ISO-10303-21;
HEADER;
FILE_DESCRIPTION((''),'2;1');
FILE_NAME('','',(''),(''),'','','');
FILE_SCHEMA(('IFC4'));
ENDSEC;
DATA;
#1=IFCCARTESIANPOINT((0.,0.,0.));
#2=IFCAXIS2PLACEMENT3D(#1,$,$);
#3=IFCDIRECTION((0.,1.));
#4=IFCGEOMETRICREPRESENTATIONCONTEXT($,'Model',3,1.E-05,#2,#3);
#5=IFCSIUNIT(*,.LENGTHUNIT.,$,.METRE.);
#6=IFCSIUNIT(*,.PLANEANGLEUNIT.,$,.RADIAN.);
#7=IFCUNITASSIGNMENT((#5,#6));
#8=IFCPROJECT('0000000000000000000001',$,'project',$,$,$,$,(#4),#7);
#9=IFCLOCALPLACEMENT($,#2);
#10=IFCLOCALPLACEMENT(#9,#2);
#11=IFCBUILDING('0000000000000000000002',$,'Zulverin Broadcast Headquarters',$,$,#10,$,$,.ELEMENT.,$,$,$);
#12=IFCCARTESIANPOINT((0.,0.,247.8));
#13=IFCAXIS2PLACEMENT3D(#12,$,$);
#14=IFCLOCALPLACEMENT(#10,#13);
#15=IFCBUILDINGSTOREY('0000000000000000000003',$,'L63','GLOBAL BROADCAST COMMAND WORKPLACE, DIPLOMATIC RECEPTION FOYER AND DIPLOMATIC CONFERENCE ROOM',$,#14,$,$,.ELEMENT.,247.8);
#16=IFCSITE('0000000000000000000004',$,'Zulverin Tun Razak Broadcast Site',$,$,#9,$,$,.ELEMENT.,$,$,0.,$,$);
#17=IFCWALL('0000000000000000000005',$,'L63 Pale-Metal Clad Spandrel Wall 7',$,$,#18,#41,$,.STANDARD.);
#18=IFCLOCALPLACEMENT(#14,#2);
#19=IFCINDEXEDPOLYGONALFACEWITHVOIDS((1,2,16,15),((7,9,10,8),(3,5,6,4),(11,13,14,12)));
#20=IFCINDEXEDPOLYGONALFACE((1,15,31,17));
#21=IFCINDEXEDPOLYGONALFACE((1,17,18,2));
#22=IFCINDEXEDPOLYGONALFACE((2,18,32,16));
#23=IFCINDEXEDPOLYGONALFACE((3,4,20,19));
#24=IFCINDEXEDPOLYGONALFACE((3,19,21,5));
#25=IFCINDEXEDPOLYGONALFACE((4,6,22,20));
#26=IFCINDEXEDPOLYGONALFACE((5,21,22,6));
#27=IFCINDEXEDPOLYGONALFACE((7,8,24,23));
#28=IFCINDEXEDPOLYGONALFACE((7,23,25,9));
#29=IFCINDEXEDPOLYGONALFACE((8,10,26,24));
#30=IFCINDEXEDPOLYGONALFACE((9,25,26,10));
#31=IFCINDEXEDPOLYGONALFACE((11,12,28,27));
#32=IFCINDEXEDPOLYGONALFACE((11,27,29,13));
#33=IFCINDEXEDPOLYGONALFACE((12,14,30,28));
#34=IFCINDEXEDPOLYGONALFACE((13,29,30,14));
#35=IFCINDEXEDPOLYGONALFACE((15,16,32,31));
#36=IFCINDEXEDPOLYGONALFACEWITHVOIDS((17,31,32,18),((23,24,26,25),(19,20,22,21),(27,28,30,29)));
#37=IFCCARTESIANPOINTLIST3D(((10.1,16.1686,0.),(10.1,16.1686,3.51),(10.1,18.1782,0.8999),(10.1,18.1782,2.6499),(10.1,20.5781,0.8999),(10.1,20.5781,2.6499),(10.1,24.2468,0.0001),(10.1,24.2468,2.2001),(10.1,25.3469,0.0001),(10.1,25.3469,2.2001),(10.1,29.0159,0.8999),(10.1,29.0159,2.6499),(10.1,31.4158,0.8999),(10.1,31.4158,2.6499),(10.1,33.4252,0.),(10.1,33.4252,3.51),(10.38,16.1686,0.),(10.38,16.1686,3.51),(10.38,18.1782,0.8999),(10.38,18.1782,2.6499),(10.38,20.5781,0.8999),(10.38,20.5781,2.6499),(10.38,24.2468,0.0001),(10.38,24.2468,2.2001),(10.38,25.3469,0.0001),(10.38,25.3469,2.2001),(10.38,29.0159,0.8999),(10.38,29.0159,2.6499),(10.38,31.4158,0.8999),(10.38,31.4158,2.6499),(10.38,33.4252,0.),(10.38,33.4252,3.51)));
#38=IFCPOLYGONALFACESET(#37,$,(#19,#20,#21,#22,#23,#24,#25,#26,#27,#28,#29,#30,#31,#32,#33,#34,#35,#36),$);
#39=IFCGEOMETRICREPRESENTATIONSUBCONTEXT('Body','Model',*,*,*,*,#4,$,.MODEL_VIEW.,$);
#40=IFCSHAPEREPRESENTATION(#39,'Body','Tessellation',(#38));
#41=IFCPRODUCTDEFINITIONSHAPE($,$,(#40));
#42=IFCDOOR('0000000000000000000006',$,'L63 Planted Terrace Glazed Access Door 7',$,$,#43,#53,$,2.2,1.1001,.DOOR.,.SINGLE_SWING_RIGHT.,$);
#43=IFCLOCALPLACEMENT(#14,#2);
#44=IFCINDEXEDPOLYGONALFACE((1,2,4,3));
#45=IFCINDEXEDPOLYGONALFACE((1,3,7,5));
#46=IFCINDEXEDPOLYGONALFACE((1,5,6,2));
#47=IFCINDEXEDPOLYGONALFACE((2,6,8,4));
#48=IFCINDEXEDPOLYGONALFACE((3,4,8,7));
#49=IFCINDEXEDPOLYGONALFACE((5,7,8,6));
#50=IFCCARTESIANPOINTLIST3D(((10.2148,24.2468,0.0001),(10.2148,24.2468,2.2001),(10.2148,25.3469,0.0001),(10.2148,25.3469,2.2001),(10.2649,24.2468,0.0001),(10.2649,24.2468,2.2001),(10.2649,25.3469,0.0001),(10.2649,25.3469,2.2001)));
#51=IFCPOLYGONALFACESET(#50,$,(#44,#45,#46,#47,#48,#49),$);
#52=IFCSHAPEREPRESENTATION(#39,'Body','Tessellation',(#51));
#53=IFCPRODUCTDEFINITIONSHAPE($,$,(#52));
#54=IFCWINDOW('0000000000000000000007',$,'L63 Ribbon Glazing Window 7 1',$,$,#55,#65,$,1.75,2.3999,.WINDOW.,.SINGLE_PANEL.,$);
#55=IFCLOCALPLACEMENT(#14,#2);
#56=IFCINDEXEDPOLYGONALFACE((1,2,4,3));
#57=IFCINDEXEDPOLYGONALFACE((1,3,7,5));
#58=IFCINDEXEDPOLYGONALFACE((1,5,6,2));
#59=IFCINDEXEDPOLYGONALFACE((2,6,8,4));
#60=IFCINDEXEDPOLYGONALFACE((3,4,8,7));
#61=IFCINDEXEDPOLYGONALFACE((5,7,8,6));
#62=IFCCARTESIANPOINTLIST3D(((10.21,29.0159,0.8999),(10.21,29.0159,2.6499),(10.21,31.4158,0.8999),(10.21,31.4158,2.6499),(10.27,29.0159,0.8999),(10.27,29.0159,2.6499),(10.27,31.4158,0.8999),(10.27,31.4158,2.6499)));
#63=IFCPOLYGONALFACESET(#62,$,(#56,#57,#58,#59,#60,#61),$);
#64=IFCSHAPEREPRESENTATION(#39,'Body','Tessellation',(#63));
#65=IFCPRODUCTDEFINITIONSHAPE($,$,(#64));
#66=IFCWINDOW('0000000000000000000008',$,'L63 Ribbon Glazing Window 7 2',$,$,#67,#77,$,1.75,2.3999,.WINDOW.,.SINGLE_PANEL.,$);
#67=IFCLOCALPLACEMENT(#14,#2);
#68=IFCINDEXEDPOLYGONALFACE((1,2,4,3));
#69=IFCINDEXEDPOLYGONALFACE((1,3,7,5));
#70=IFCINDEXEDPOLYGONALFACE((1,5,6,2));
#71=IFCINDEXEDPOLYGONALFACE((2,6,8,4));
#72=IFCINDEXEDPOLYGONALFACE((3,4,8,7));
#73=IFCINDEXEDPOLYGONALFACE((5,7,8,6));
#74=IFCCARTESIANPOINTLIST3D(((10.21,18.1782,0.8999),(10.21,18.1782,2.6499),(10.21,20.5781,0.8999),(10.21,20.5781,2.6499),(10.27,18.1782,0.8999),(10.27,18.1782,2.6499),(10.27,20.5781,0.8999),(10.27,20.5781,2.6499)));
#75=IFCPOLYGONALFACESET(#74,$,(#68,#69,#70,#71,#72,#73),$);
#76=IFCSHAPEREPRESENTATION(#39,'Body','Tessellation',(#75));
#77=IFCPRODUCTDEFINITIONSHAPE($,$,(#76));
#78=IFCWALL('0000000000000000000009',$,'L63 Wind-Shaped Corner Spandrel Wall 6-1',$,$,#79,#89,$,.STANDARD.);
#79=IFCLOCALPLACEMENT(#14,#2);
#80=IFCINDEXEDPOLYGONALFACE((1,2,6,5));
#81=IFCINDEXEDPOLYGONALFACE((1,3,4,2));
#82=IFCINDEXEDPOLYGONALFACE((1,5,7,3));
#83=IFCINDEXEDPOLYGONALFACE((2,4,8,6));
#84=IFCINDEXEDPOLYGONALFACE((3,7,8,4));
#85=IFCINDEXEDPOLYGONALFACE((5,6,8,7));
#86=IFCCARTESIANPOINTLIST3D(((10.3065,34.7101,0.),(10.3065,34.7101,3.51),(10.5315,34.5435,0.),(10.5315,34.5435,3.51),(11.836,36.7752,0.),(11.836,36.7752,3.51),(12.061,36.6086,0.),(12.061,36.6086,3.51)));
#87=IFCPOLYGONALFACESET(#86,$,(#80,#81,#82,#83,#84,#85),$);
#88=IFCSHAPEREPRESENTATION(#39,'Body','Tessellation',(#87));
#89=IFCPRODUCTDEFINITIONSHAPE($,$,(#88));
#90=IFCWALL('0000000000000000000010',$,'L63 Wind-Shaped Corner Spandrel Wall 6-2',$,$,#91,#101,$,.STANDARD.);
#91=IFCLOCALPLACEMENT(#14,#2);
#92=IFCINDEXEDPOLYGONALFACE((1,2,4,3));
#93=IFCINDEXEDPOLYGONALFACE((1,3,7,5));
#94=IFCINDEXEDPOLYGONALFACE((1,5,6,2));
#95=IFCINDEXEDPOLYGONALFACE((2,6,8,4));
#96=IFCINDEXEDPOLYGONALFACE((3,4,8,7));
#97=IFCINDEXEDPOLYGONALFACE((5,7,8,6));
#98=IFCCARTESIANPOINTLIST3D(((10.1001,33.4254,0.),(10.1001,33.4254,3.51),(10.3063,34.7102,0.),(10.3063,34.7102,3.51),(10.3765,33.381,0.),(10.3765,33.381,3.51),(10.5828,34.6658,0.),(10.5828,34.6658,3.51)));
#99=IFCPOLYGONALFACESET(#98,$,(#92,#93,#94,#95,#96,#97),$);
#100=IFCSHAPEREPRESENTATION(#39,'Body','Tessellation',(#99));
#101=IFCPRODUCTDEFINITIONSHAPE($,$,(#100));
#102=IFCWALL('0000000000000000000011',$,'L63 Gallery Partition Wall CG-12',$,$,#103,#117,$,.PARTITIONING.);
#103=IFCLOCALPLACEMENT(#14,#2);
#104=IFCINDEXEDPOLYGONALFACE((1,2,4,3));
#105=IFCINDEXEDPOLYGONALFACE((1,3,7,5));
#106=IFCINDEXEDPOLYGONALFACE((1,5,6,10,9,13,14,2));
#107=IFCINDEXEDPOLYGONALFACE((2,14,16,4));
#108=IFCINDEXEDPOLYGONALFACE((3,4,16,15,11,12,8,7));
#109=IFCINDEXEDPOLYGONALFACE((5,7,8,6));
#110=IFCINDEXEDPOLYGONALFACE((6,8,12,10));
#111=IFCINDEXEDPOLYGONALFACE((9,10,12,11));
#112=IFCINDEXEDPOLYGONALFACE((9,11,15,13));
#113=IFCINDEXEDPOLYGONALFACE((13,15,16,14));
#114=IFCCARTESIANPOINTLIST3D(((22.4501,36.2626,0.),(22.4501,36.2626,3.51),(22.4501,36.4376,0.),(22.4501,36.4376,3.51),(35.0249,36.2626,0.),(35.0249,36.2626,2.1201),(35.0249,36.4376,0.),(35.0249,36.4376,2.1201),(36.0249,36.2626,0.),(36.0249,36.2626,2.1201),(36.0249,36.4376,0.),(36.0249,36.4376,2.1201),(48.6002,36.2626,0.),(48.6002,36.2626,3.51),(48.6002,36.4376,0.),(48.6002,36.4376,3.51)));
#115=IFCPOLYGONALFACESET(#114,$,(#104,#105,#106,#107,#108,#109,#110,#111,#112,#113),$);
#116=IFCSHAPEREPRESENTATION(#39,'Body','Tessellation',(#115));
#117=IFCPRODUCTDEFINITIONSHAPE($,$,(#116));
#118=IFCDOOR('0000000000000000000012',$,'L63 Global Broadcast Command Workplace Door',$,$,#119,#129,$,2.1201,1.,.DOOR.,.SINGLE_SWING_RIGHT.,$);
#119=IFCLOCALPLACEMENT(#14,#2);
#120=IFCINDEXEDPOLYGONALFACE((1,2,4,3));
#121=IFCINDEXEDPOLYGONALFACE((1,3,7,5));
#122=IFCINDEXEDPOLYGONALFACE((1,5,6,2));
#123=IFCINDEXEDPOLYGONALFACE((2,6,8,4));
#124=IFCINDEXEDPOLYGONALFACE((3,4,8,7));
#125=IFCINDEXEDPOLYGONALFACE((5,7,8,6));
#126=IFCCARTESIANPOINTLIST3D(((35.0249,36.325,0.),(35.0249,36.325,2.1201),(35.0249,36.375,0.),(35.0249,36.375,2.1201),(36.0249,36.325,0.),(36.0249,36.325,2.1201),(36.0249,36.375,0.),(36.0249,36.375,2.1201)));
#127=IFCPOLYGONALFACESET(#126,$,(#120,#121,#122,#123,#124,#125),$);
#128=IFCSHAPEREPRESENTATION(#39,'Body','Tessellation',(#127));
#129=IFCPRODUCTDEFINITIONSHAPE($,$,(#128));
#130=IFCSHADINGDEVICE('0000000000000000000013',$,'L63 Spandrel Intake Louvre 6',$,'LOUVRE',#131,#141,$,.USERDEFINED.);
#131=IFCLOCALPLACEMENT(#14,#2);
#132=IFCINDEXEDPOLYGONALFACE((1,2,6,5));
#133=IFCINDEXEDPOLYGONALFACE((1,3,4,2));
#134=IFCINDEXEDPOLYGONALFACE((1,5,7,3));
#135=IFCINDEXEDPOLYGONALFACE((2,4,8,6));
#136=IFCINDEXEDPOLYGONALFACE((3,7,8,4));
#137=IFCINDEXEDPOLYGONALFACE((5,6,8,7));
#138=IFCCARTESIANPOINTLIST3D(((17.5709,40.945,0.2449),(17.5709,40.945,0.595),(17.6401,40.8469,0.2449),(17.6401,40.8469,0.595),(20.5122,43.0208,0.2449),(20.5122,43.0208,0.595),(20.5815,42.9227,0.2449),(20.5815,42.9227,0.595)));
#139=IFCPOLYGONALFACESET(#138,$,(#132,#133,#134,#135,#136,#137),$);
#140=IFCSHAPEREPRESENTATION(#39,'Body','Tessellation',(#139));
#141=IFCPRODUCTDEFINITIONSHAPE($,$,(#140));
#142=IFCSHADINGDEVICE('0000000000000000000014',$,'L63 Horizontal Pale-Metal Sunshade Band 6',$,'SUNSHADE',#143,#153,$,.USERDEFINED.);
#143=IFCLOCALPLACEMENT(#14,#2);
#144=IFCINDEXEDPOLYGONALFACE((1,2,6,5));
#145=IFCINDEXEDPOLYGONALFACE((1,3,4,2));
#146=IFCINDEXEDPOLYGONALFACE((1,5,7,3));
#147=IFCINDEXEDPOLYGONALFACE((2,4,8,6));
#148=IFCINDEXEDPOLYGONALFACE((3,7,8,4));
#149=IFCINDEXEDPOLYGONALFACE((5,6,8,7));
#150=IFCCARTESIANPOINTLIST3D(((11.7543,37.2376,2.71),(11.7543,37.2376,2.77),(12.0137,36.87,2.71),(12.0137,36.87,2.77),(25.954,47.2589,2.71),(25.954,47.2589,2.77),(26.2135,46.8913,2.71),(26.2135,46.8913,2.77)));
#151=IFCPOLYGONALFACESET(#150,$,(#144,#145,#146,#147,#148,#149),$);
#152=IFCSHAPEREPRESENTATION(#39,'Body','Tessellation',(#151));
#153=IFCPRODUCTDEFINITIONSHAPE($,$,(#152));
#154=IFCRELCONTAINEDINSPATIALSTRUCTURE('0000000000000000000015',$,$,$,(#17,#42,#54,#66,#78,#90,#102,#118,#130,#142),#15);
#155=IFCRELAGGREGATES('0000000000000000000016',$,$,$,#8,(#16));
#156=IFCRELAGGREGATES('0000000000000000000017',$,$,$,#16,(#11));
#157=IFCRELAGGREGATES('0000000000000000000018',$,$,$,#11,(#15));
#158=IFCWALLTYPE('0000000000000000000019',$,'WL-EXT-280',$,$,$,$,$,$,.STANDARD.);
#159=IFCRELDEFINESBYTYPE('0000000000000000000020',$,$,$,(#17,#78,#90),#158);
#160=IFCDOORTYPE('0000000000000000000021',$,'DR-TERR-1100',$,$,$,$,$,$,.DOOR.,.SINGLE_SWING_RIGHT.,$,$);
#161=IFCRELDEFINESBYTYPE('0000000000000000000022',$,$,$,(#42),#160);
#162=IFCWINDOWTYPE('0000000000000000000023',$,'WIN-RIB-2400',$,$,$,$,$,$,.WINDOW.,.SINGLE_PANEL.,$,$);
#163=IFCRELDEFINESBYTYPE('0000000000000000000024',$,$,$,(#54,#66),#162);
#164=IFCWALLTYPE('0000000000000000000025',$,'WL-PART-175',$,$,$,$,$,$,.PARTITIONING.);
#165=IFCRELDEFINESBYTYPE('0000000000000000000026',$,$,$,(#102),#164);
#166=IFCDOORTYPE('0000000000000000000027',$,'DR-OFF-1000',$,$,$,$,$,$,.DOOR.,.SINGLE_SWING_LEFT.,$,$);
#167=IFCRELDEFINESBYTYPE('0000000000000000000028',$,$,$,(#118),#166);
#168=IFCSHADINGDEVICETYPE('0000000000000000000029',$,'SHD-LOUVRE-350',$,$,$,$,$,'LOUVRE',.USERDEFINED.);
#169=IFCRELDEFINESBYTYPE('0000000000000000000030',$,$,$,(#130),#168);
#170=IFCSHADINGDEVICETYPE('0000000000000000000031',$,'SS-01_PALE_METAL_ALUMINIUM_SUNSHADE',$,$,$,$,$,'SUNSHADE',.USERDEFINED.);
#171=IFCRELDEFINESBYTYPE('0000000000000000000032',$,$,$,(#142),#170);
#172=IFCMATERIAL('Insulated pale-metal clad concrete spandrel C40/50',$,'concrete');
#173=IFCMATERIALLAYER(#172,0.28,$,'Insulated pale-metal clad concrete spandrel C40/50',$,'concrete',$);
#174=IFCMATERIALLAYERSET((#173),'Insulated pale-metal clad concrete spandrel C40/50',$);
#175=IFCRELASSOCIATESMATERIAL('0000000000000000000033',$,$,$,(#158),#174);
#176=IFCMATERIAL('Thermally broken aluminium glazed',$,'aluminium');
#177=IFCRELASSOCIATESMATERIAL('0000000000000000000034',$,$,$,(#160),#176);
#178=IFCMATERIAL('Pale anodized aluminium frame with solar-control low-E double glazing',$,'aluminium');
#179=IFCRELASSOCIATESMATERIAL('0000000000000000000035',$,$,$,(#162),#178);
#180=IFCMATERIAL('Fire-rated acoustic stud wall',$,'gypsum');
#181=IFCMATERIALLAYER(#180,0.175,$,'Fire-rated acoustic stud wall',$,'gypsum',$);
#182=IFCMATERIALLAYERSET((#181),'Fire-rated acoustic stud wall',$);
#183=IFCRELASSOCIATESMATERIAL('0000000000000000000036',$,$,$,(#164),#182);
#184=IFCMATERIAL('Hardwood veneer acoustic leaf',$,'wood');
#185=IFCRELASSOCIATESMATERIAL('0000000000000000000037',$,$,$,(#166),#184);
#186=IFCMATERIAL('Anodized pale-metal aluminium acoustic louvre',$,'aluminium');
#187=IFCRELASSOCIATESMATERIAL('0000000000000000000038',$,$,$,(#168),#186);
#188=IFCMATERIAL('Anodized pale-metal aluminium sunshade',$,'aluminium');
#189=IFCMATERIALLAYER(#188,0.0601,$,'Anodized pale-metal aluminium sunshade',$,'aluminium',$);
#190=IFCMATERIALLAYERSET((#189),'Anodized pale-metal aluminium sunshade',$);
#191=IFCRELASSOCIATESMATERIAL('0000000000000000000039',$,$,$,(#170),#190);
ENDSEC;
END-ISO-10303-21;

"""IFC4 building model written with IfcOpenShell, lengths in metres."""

from ifc_helpers import new_model, si_unit, direction, frame, frame_2d, origin, origin_2d, place, context, subcontext, project, spatial, rectangle, extrude, material, layer, layer_set, type_object, element, fill, save


model = new_model("IFC4")

# Units and contexts
model_context = context("Model", 3, precision=1e-05, world=origin(), true_north=direction((0.0, 1.0)))
body_context = subcontext(model_context, "Body", "Model", "MODEL_VIEW")
ifc_project = project(units=[si_unit("LENGTHUNIT", "METRE"), si_unit("PLANEANGLEUNIT", "RADIAN")], contexts=[model_context])

# Site, building, storey
site_placement = place(None, origin())
site = spatial("IfcSite", under=ifc_project, at=site_placement, Name="Zulverin Tun Razak Broadcast Site", CompositionType="ELEMENT", RefElevation=0.0)
building_placement = place(site_placement, origin())
building = spatial("IfcBuilding", under=site, at=building_placement, Name="Zulverin Broadcast Headquarters", CompositionType="ELEMENT")
storey_placement = place(building_placement, frame((0.0, 0.0, 247.8)))
storey = spatial("IfcBuildingStorey", under=building, at=storey_placement, Name="L63", Description="GLOBAL BROADCAST COMMAND WORKPLACE, DIPLOMATIC RECEPTION FOYER AND DIPLOMATIC CONFERENCE ROOM", CompositionType="ELEMENT", Elevation=247.8)

# Wall, openings, door, windows
ifc_material_1 = material(Name="Insulated pale-metal clad concrete spandrel C40/50", Category="concrete")
ifc_layer_1 = layer(ifc_material_1, 0.28, Name="Insulated pale-metal clad concrete spandrel C40/50", Category="concrete")
ifc_layer_set_1 = layer_set([ifc_layer_1], Name="Insulated pale-metal clad concrete spandrel C40/50")
wall_type_1 = type_object("IfcWallType", Name="WL-EXT-280", PredefinedType="STANDARD", material=ifc_layer_set_1)
wall_1_placement = place(storey_placement, frame((10.24, 33.4253, 0.0), z_axis=(0.0, 0.0, 1.0), x_axis=(0.0, -1.0, 0.0)))
wall_1 = element("IfcWall", 1, at=wall_1_placement, inside=storey, type_object=wall_type_1, Name="L63 Pale-Metal Clad Spandrel Wall 7", PredefinedType="STANDARD", context=body_context, shape_type="SweptSolid", body=[
    extrude(rectangle(XDim=17.2566, YDim=0.28, at=frame_2d((8.6284, 0.0))), origin(), (0.0, 0.0, 1.0), 3.51),
])
opening_1_placement = place(wall_1_placement, frame((8.0784, 0.0, 0.0)))
opening_1 = element("IfcOpeningElement", 2, at=opening_1_placement, cuts=wall_1, PredefinedType="OPENING", context=body_context, shape_type="SweptSolid", body=[
    extrude(rectangle(XDim=1.1001, YDim=2.2, at=frame_2d((0.55, 1.1001))), frame((0.0, 0.1499, 0.0), z_axis=(0.0, -1.0, 0.0), x_axis=(1.0, 0.0, 0.0)), (0.0, 0.0, 1.0), 0.3),
])
opening_2_placement = place(wall_1_placement, frame((2.0095, 0.0, 0.8999)))
opening_2 = element("IfcOpeningElement", 3, at=opening_2_placement, cuts=wall_1, PredefinedType="OPENING", context=body_context, shape_type="SweptSolid", body=[
    extrude(rectangle(XDim=2.3999, YDim=1.75, at=frame_2d((1.2, 0.875))), frame((0.0, 0.1499, 0.0), z_axis=(0.0, -1.0, 0.0), x_axis=(1.0, 0.0, 0.0)), (0.0, 0.0, 1.0), 0.3),
])
opening_3_placement = place(wall_1_placement, frame((12.8472, 0.0, 0.8999)))
opening_3 = element("IfcOpeningElement", 4, at=opening_3_placement, cuts=wall_1, PredefinedType="OPENING", context=body_context, shape_type="SweptSolid", body=[
    extrude(rectangle(XDim=2.3999, YDim=1.75, at=frame_2d((1.2, 0.875))), frame((0.0, 0.1499, 0.0), z_axis=(0.0, -1.0, 0.0), x_axis=(1.0, 0.0, 0.0)), (0.0, 0.0, 1.0), 0.3),
])
ifc_material_2 = material(Name="Thermally broken aluminium glazed", Category="aluminium")
door_type_1 = type_object("IfcDoorType", Name="DR-TERR-1100", OperationType="SINGLE_SWING_RIGHT", PredefinedType="DOOR", material=ifc_material_2)
door_1_placement = place(opening_1_placement, origin())
door_1 = element("IfcDoor", 5, at=door_1_placement, inside=storey, type_object=door_type_1, Name="L63 Planted Terrace Glazed Access Door 7", OperationType="SINGLE_SWING_RIGHT", OverallHeight=2.2, OverallWidth=1.1001, PredefinedType="DOOR", context=body_context, shape_type="SweptSolid", body=[
    extrude(rectangle(XDim=1.1001, YDim=2.2, at=frame_2d((0.55, 1.1001))), frame((0.0, 0.0249, 0.0), z_axis=(0.0, -1.0, 0.0), x_axis=(1.0, 0.0, 0.0)), (0.0, 0.0, 1.0), 0.05),
])
fill(opening_1, door_1)
ifc_material_3 = material(Name="Pale anodized aluminium frame with solar-control low-E double glazing", Category="aluminium")
window_type = type_object("IfcWindowType", Name="WIN-RIB-2400", PartitioningType="SINGLE_PANEL", PredefinedType="WINDOW", material=ifc_material_3)
window_1_placement = place(opening_2_placement, origin())
window_1 = element("IfcWindow", 6, at=window_1_placement, inside=storey, type_object=window_type, Name="L63 Ribbon Glazing Window 7 1", OverallHeight=1.75, OverallWidth=2.3999, PartitioningType="SINGLE_PANEL", PredefinedType="WINDOW", context=body_context, shape_type="SweptSolid", body=[
    extrude(rectangle(XDim=2.3999, YDim=1.75, at=frame_2d((1.2, 0.875))), frame((0.0, 0.03, 0.0), z_axis=(0.0, -1.0, 0.0), x_axis=(1.0, 0.0, 0.0)), (0.0, 0.0, 1.0), 0.0601),
])
fill(opening_2, window_1)
window_2_placement = place(opening_3_placement, origin())
window_2 = element("IfcWindow", 7, at=window_2_placement, inside=storey, type_object=window_type, Name="L63 Ribbon Glazing Window 7 2", OverallHeight=1.75, OverallWidth=2.3999, PartitioningType="SINGLE_PANEL", PredefinedType="WINDOW", context=body_context, shape_type="SweptSolid", body=[
    extrude(rectangle(XDim=2.3999, YDim=1.75, at=frame_2d((1.2, 0.875))), frame((0.0, 0.03, 0.0), z_axis=(0.0, -1.0, 0.0), x_axis=(1.0, 0.0, 0.0)), (0.0, 0.0, 1.0), 0.0601),
])
fill(opening_3, window_2)

# Walls
wall_2_placement = place(storey_placement, frame((11.9485, 36.6919, 0.0), z_axis=(0.0, 0.0, 1.0), x_axis=(-0.595171, -0.803599, 0.0)))
element("IfcWall", 8, at=wall_2_placement, inside=storey, type_object=wall_type_1, Name="L63 Wind-Shaped Corner Spandrel Wall 6-1", PredefinedType="STANDARD", context=body_context, shape_type="SweptSolid", body=[
    extrude(rectangle(XDim=2.5698, YDim=0.28, at=frame_2d((1.2849, 0.0))), origin(), (0.0, 0.0, 1.0), 3.51),
])
wall_3_placement = place(storey_placement, frame((10.4446, 34.688, 0.0), z_axis=(0.0, 0.0, 1.0), x_axis=(-0.158525, -0.987355, 0.0)))
element("IfcWall", 9, at=wall_3_placement, inside=storey, type_object=wall_type_1, Name="L63 Wind-Shaped Corner Spandrel Wall 6-2", PredefinedType="STANDARD", context=body_context, shape_type="SweptSolid", body=[
    extrude(rectangle(XDim=1.3013, YDim=0.28, at=frame_2d((0.6506, 0.0))), origin(), (0.0, 0.0, 1.0), 3.51),
])

# Wall, opening, door
ifc_material_4 = material(Name="Fire-rated acoustic stud wall", Category="gypsum")
ifc_layer_2 = layer(ifc_material_4, 0.175, Name="Fire-rated acoustic stud wall", Category="gypsum")
ifc_layer_set_2 = layer_set([ifc_layer_2], Name="Fire-rated acoustic stud wall")
wall_type_2 = type_object("IfcWallType", Name="WL-PART-175", PredefinedType="PARTITIONING", material=ifc_layer_set_2)
wall_4_placement = place(storey_placement, frame((22.45, 36.3501, 0.0), z_axis=(0.0, 0.0, 1.0), x_axis=(1.0, 0.0, 0.0)))
wall_4 = element("IfcWall", 10, at=wall_4_placement, inside=storey, type_object=wall_type_2, Name="L63 Gallery Partition Wall CG-12", PredefinedType="PARTITIONING", context=body_context, shape_type="SweptSolid", body=[
    extrude(rectangle(XDim=26.1501, YDim=0.175, at=frame_2d((13.0752, 0.0))), origin(), (0.0, 0.0, 1.0), 3.51),
])
opening_4_placement = place(wall_4_placement, frame((12.575, 0.0, 0.0)))
opening_4 = element("IfcOpeningElement", 11, at=opening_4_placement, cuts=wall_4, PredefinedType="OPENING", context=body_context, shape_type="SweptSolid", body=[
    extrude(rectangle(XDim=1.0, YDim=2.1201, at=frame_2d((0.5, 1.0601))), frame((0.0, 0.0974, 0.0), z_axis=(0.0, -1.0, 0.0), x_axis=(1.0, 0.0, 0.0)), (0.0, 0.0, 1.0), 0.1951),
])
ifc_material_5 = material(Name="Hardwood veneer acoustic leaf", Category="wood")
door_type_2 = type_object("IfcDoorType", Name="DR-OFF-1000", OperationType="SINGLE_SWING_LEFT", PredefinedType="DOOR", material=ifc_material_5)
door_2_placement = place(opening_4_placement, origin())
door_2 = element("IfcDoor", 12, at=door_2_placement, inside=storey, type_object=door_type_2, Name="L63 Global Broadcast Command Workplace Door", OperationType="SINGLE_SWING_RIGHT", OverallHeight=2.1201, OverallWidth=1.0, PredefinedType="DOOR", context=body_context, shape_type="SweptSolid", body=[
    extrude(rectangle(XDim=1.0, YDim=2.1201, at=frame_2d((0.5, 1.0601))), frame((0.0, 0.0249, 0.0), z_axis=(0.0, -1.0, 0.0), x_axis=(1.0, 0.0, 0.0)), (0.0, 0.0, 1.0), 0.05),
])
fill(opening_4, door_2)

# Shading devices
ifc_material_6 = material(Name="Anodized pale-metal aluminium acoustic louvre", Category="aluminium")
shading_device_type_1 = type_object("IfcShadingDeviceType", Name="SHD-LOUVRE-350", ElementType="LOUVRE", PredefinedType="USERDEFINED", material=ifc_material_6)
shading_device_1_placement = place(storey_placement, frame((19.0762, 41.9338, 0.2449), z_axis=(0.0, 0.0, 1.0), x_axis=(-0.817023, -0.576605, 0.0)))
element("IfcShadingDevice", 13, at=shading_device_1_placement, inside=storey, type_object=shading_device_type_1, Name="L63 Spandrel Intake Louvre 6", ObjectType="LOUVRE", PredefinedType="USERDEFINED", context=body_context, shape_type="SweptSolid", body=[
    extrude(rectangle(XDim=3.6001, YDim=0.1201, at=origin_2d()), origin(), (0.0, 0.0, 1.0), 0.3501),
])
ifc_material_7 = material(Name="Anodized pale-metal aluminium sunshade", Category="aluminium")
ifc_layer_3 = layer(ifc_material_7, 0.0601, Name="Anodized pale-metal aluminium sunshade", Category="aluminium")
ifc_layer_set_3 = layer_set([ifc_layer_3], Name="Anodized pale-metal aluminium sunshade")
shading_device_type_2 = type_object("IfcShadingDeviceType", Name="SS-01_PALE_METAL_ALUMINIUM_SUNSHADE", ElementType="SUNSHADE", PredefinedType="USERDEFINED", material=ifc_layer_set_3)
shading_device_2_placement = place(storey_placement, frame((18.9839, 42.0645, 2.71), z_axis=(0.0, 0.0, 1.0), x_axis=(-0.817023, -0.576605, 0.0)))
element("IfcShadingDevice", 14, at=shading_device_2_placement, inside=storey, type_object=shading_device_type_2, Name="L63 Horizontal Pale-Metal Sunshade Band 6", ObjectType="SUNSHADE", PredefinedType="USERDEFINED", context=body_context, shape_type="SweptSolid", body=[
    extrude(rectangle(XDim=17.3799, YDim=0.45, at=origin_2d()), origin(), (0.0, 0.0, 1.0), 0.0601),
])

save(model, "model.ifc")
